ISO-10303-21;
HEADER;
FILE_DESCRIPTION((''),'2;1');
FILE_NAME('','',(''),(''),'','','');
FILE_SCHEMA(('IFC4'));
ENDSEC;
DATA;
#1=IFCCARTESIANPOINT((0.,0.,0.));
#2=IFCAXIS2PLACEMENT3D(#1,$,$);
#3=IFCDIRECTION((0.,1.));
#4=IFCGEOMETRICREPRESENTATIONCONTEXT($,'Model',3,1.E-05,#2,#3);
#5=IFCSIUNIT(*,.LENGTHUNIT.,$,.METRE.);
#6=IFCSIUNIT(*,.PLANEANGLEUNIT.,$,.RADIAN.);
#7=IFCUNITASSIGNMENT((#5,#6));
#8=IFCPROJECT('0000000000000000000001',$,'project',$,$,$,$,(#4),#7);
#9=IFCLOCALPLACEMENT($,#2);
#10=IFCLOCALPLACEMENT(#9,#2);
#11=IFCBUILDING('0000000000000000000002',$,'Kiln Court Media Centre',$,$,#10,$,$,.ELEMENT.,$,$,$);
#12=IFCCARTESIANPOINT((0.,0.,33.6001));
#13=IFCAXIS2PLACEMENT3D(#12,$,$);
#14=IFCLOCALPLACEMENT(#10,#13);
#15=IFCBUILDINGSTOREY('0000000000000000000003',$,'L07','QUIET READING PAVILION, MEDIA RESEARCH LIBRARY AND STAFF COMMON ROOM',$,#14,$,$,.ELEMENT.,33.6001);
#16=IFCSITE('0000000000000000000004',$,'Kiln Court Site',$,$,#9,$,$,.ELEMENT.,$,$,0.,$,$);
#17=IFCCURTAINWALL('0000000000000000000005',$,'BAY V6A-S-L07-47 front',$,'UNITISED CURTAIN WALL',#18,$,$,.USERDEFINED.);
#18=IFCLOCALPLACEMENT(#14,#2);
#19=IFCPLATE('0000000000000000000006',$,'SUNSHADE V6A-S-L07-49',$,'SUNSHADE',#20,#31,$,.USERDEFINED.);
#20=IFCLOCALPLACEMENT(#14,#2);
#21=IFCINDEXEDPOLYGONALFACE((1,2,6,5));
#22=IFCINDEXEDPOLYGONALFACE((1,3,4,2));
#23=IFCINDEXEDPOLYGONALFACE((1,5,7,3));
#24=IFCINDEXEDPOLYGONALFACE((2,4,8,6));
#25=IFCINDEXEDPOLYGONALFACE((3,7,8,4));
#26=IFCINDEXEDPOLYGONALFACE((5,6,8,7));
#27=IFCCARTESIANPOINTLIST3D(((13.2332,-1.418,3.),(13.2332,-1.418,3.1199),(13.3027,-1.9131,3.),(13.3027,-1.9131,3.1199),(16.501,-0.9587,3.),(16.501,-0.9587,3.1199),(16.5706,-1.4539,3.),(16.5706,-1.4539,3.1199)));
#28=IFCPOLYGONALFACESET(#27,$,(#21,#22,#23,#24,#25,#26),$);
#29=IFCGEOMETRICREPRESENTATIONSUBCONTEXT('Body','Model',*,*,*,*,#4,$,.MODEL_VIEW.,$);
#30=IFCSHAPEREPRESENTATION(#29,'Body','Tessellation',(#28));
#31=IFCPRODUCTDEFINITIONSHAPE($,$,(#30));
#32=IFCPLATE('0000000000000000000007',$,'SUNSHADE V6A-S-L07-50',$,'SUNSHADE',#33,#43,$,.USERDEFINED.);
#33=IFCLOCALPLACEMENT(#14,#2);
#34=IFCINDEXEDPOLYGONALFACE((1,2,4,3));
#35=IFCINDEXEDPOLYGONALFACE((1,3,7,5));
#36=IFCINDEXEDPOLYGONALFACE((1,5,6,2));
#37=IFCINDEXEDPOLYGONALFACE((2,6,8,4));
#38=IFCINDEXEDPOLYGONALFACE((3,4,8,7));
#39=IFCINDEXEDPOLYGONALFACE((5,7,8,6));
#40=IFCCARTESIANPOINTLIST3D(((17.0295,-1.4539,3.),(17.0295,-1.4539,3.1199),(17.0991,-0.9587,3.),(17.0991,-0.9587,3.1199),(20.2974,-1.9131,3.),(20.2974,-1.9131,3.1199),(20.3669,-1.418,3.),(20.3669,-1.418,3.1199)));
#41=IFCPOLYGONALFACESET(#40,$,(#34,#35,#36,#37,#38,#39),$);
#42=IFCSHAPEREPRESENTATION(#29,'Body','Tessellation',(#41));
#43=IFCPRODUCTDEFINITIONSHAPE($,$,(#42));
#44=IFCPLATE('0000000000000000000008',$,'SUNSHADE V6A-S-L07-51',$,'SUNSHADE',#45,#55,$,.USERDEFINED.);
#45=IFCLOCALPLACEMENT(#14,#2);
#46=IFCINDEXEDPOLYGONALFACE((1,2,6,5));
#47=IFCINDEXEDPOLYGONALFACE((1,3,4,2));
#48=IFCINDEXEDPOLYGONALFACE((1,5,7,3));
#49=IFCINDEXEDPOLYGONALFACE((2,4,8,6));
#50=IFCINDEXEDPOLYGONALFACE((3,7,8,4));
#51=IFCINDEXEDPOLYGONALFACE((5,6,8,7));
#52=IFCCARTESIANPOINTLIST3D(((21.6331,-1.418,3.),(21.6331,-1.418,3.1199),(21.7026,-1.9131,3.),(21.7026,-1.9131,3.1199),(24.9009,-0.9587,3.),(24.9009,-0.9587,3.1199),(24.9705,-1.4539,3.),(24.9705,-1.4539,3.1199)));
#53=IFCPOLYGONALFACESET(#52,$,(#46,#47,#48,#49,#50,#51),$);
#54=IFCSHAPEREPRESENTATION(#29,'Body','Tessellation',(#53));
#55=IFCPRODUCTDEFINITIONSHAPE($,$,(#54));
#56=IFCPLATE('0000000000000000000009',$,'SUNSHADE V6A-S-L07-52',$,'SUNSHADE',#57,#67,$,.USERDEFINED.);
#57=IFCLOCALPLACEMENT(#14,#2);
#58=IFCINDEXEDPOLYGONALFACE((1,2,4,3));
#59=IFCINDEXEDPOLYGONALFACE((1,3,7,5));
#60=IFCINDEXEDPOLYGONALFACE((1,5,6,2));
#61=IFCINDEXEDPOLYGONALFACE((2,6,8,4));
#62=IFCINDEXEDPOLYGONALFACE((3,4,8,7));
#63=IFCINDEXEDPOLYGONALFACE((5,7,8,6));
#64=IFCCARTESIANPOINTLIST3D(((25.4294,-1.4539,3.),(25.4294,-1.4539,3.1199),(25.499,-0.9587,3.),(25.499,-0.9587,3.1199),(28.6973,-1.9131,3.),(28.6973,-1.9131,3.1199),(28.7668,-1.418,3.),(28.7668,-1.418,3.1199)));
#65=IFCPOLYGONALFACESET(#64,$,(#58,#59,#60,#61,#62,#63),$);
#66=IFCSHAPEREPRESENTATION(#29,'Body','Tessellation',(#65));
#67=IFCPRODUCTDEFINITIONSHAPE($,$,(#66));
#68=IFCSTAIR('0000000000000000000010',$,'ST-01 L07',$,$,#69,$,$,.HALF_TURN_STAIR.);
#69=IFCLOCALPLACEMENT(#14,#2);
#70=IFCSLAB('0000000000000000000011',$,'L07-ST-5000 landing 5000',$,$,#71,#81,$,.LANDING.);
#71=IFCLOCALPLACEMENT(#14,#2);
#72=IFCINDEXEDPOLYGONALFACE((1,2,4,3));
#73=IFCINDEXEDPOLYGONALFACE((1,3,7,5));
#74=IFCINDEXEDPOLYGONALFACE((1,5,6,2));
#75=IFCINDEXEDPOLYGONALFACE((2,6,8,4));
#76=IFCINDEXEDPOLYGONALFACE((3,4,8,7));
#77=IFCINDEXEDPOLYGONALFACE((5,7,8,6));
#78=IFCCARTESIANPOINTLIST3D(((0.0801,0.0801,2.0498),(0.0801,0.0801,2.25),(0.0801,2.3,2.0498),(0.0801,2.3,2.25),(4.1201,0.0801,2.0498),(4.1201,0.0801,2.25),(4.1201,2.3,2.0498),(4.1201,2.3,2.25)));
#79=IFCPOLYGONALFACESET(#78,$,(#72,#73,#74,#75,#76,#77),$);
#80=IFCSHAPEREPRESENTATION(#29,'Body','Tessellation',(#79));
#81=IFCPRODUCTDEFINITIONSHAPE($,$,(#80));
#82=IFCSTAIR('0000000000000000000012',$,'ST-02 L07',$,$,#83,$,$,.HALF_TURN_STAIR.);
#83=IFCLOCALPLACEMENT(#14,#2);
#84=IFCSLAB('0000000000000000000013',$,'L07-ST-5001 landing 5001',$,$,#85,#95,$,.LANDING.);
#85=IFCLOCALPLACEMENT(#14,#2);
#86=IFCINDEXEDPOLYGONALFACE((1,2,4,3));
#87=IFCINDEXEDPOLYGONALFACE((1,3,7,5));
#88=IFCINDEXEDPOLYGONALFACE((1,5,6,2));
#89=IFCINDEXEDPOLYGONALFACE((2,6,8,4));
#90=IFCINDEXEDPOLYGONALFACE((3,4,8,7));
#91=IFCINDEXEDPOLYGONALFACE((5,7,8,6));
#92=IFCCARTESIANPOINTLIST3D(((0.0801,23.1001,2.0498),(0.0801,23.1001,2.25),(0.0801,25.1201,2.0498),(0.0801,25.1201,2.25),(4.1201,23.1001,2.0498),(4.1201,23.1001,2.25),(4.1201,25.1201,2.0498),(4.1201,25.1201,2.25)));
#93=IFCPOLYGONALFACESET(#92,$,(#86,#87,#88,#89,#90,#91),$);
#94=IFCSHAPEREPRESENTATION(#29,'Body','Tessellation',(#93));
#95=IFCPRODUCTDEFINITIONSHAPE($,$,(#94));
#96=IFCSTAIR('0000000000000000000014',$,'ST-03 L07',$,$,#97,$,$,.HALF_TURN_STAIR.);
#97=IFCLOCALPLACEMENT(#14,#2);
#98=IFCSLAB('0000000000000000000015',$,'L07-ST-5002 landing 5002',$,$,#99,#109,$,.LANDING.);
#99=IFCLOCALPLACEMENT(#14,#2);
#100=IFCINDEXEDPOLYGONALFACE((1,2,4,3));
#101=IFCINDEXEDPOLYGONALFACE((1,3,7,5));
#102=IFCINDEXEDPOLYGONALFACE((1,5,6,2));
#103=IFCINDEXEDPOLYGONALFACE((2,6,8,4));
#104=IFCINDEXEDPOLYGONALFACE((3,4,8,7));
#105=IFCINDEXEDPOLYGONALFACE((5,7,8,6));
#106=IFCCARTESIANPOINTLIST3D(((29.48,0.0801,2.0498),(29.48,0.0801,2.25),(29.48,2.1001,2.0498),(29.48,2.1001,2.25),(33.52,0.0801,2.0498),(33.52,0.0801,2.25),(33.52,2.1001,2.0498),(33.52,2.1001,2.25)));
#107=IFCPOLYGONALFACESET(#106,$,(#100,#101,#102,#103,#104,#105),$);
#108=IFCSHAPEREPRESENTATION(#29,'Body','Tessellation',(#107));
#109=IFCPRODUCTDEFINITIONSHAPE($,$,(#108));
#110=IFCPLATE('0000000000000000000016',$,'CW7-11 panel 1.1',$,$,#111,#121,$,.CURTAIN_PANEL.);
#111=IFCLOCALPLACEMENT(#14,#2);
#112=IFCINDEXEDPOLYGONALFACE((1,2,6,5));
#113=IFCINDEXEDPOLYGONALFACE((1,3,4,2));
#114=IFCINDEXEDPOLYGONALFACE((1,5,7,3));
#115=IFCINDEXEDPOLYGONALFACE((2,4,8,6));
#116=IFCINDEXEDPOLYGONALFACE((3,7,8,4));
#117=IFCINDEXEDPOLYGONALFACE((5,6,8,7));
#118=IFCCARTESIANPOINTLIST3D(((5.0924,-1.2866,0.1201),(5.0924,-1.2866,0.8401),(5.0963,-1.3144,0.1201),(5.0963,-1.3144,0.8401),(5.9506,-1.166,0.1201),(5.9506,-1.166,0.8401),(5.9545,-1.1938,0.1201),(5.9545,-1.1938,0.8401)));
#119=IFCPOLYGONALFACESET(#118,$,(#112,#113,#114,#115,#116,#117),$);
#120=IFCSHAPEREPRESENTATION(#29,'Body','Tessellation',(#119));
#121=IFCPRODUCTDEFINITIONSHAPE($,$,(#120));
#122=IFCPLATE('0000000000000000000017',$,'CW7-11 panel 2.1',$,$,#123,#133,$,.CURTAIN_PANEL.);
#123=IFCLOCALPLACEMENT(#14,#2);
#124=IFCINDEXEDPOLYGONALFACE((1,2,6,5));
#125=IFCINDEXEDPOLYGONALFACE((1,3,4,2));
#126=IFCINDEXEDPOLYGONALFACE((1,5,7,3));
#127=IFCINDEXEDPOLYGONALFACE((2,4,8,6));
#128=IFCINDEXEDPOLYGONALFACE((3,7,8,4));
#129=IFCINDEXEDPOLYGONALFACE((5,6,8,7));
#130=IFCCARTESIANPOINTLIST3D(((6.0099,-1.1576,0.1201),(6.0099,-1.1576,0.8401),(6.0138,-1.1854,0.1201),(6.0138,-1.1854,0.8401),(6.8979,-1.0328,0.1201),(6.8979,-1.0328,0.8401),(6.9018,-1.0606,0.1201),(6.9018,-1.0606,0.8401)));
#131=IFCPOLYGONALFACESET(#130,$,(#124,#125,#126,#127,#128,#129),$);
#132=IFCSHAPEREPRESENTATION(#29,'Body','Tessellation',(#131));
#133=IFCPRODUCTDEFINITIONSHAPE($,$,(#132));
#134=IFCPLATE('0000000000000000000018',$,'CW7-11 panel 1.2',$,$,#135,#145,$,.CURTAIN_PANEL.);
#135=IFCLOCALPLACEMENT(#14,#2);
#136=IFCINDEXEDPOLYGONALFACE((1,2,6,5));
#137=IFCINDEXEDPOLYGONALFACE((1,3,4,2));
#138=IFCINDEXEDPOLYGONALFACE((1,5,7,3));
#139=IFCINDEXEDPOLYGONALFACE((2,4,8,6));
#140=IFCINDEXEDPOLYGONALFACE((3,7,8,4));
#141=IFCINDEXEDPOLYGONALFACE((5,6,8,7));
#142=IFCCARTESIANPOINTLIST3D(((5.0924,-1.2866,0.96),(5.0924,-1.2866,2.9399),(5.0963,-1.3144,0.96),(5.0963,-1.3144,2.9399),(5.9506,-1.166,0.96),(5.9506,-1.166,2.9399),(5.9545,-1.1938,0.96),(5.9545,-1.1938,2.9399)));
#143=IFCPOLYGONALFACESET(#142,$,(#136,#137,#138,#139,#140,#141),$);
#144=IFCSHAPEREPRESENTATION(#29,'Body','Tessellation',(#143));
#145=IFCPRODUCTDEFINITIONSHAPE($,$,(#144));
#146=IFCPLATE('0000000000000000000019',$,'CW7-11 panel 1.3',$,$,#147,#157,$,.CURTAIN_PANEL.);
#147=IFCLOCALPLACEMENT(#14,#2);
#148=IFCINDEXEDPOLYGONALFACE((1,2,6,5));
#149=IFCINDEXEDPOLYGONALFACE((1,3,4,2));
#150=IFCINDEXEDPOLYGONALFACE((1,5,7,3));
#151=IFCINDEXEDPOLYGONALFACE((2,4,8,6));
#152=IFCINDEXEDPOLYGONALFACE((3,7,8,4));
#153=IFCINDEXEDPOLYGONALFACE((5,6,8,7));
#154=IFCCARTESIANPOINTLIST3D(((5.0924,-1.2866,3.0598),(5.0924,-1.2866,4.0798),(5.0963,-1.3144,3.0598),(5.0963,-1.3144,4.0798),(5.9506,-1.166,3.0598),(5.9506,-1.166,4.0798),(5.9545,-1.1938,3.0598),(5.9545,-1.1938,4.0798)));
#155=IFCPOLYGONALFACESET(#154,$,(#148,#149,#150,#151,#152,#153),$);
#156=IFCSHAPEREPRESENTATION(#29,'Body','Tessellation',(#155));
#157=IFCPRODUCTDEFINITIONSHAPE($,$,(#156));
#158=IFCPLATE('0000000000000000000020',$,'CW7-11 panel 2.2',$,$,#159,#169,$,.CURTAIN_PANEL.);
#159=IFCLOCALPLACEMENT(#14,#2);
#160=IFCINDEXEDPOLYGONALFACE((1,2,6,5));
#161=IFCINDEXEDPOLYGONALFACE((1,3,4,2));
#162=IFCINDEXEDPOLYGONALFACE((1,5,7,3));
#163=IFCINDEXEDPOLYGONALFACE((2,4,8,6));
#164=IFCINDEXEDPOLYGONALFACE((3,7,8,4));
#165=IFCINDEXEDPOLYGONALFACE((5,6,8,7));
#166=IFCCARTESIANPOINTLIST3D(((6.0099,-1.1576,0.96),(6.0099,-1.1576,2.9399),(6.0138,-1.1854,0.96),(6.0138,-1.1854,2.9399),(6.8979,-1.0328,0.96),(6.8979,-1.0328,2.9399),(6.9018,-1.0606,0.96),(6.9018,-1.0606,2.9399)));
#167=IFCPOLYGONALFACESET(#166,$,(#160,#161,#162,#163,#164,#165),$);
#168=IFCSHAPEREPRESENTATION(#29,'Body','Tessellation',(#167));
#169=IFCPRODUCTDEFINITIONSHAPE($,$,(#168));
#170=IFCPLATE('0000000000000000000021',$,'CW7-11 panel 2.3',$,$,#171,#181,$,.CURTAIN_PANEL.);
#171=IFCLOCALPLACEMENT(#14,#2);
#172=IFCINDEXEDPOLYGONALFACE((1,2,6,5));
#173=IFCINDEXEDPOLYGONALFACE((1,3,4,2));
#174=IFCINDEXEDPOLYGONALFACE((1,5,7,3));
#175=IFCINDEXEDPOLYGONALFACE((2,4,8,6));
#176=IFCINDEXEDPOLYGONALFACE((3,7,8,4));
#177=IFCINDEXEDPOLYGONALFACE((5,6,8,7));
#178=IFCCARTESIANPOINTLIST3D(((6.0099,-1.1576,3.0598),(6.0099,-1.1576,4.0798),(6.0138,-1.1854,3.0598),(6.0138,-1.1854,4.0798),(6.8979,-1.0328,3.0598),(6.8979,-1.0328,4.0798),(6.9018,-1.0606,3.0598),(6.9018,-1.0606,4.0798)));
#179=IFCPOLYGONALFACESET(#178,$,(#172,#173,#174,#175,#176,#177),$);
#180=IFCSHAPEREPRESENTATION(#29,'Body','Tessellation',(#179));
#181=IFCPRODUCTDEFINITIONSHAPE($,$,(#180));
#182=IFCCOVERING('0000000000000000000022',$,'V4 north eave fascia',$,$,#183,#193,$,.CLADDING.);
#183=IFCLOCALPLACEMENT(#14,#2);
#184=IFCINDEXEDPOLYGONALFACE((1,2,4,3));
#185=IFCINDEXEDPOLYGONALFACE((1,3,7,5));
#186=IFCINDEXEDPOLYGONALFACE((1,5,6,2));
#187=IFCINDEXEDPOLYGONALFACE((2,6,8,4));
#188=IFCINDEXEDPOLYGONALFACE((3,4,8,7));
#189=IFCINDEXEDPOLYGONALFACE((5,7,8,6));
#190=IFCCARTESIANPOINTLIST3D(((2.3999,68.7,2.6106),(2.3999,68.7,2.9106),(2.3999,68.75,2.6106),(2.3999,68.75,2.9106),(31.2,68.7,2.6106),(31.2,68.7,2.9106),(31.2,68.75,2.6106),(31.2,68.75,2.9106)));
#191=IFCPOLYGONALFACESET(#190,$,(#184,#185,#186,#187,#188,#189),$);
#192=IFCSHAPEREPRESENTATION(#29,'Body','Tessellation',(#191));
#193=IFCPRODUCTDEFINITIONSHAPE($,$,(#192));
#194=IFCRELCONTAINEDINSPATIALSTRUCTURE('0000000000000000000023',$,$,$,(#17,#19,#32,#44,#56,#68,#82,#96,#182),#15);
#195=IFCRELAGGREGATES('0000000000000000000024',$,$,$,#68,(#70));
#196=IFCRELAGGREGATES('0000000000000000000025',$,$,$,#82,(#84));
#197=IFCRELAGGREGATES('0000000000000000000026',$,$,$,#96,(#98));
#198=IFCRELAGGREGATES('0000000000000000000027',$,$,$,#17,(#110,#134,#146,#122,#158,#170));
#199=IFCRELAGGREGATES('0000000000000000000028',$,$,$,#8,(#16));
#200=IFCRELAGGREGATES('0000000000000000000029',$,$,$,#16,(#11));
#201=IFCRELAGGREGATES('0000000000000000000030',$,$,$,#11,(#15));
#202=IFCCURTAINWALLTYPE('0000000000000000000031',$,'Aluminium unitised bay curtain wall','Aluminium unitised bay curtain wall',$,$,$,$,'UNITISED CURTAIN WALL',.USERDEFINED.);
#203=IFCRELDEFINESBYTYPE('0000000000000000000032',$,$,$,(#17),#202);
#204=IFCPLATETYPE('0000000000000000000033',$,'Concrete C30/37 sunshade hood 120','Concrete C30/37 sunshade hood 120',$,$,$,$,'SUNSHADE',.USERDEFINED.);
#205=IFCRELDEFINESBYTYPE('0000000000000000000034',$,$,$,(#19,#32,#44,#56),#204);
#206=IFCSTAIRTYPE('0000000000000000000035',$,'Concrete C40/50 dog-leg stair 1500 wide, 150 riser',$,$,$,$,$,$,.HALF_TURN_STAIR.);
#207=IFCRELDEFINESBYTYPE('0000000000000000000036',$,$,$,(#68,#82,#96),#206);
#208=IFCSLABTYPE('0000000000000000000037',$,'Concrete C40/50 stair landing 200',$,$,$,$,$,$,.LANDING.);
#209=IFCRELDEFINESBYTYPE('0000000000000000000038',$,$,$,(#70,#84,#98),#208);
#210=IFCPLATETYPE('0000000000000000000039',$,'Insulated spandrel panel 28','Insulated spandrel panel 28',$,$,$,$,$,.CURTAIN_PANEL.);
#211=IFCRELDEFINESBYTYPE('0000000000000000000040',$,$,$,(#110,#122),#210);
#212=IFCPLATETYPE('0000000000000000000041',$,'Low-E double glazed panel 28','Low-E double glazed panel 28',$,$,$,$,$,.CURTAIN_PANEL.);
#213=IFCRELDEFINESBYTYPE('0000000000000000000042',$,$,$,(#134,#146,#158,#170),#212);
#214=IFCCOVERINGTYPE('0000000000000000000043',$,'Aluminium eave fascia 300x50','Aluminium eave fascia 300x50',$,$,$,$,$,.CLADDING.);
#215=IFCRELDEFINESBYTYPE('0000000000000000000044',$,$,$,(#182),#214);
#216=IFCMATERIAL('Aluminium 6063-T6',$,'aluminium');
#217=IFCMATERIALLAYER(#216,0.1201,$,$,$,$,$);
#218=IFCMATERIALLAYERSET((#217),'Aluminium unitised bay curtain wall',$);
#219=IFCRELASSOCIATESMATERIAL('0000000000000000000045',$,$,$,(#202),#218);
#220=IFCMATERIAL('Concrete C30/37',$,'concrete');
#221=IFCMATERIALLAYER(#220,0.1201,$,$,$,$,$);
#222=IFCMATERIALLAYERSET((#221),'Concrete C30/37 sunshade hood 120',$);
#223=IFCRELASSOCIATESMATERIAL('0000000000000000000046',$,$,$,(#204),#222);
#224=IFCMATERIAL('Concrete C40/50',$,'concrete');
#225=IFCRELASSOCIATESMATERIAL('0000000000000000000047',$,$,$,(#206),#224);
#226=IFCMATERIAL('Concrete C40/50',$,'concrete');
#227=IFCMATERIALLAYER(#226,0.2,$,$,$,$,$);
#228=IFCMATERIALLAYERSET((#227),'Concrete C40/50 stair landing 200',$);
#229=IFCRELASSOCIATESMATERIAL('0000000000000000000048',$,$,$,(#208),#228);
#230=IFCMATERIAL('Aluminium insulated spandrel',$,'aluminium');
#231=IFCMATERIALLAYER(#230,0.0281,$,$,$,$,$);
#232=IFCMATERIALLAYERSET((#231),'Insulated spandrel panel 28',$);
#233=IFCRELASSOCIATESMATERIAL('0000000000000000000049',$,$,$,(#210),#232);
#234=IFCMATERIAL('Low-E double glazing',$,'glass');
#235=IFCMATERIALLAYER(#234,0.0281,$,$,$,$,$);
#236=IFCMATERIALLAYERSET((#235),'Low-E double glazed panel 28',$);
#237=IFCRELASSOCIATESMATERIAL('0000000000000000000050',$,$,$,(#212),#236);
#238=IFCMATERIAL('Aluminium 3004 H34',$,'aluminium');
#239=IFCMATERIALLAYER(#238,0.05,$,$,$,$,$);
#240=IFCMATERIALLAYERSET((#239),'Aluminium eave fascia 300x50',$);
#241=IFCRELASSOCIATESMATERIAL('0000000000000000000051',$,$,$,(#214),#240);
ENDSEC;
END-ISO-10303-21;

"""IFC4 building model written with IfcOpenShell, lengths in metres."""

from ifc_helpers import new_model, si_unit, direction, frame, origin, origin_2d, place, context, subcontext, project, spatial, polyline, rectangle, outline, extrude, material, layer, layer_set, type_object, element, aggregate, save


model = new_model("IFC4")

# Units and contexts
model_context = context("Model", 3, precision=1e-05, world=origin(), true_north=direction((0.0, 1.0)))
body_context = subcontext(model_context, "Body", "Model", "MODEL_VIEW")
ifc_project = project(units=[si_unit("LENGTHUNIT", "METRE"), si_unit("PLANEANGLEUNIT", "RADIAN")], contexts=[model_context])

# Site, building, storey
site_placement = place(None, origin())
site = spatial("IfcSite", under=ifc_project, at=site_placement, Name="Kiln Court Site", CompositionType="ELEMENT", RefElevation=0.0)
building_placement = place(site_placement, origin())
building = spatial("IfcBuilding", under=site, at=building_placement, Name="Kiln Court Media Centre", CompositionType="ELEMENT")
storey_placement = place(building_placement, frame((0.0, 0.0, 33.6001)))
storey = spatial("IfcBuildingStorey", under=building, at=storey_placement, Name="L07", Description="QUIET READING PAVILION, MEDIA RESEARCH LIBRARY AND STAFF COMMON ROOM", CompositionType="ELEMENT", Elevation=33.6001)

# Curtain wall
ifc_material_1 = material(Name="Aluminium 6063-T6", Category="aluminium")
ifc_layer_1 = layer(ifc_material_1, 0.1201)
ifc_layer_set_1 = layer_set([ifc_layer_1], Name="Aluminium unitised bay curtain wall")
curtain_wall_type = type_object("IfcCurtainWallType", Name="Aluminium unitised bay curtain wall", Description="Aluminium unitised bay curtain wall", ElementType="UNITISED CURTAIN WALL", PredefinedType="USERDEFINED", material=ifc_layer_set_1)
curtain_wall_placement = place(storey_placement, origin())
curtain_wall = element("IfcCurtainWall", 1, at=curtain_wall_placement, inside=storey, type_object=curtain_wall_type, Name="BAY V6A-S-L07-47 front", ObjectType="UNITISED CURTAIN WALL", PredefinedType="USERDEFINED")

# Plates
ifc_material_2 = material(Name="Concrete C30/37", Category="concrete")
ifc_layer_2 = layer(ifc_material_2, 0.1201)
ifc_layer_set_2 = layer_set([ifc_layer_2], Name="Concrete C30/37 sunshade hood 120")
plate_type_1 = type_object("IfcPlateType", Name="Concrete C30/37 sunshade hood 120", Description="Concrete C30/37 sunshade hood 120", ElementType="SUNSHADE", PredefinedType="USERDEFINED", material=ifc_layer_set_2)
plate_1_placement = place(storey_placement, frame((0.0, 0.0, 3.0)))
element("IfcPlate", 2, at=plate_1_placement, inside=storey, type_object=plate_type_1, Name="SUNSHADE V6A-S-L07-49", ObjectType="SUNSHADE", PredefinedType="USERDEFINED", context=body_context, shape_type="SweptSolid", body=[
    extrude(outline(polyline([(13.2332, -1.418), (16.501, -0.9587), (16.5706, -1.4539), (13.3027, -1.9131), (13.2332, -1.418)])), origin(), (0.0, 0.0, 1.0), 0.1199),
])
plate_2_placement = place(storey_placement, frame((0.0, 0.0, 3.0)))
element("IfcPlate", 3, at=plate_2_placement, inside=storey, type_object=plate_type_1, Name="SUNSHADE V6A-S-L07-50", ObjectType="SUNSHADE", PredefinedType="USERDEFINED", context=body_context, shape_type="SweptSolid", body=[
    extrude(outline(polyline([(17.0991, -0.9587), (20.3669, -1.418), (20.2974, -1.9131), (17.0295, -1.4539), (17.0991, -0.9587)])), origin(), (0.0, 0.0, 1.0), 0.1199),
])
plate_3_placement = place(storey_placement, frame((0.0, 0.0, 3.0)))
element("IfcPlate", 4, at=plate_3_placement, inside=storey, type_object=plate_type_1, Name="SUNSHADE V6A-S-L07-51", ObjectType="SUNSHADE", PredefinedType="USERDEFINED", context=body_context, shape_type="SweptSolid", body=[
    extrude(outline(polyline([(21.6331, -1.418), (24.9009, -0.9587), (24.9705, -1.4539), (21.7026, -1.9131), (21.6331, -1.418)])), origin(), (0.0, 0.0, 1.0), 0.1199),
])
plate_4_placement = place(storey_placement, frame((0.0, 0.0, 3.0)))
element("IfcPlate", 5, at=plate_4_placement, inside=storey, type_object=plate_type_1, Name="SUNSHADE V6A-S-L07-52", ObjectType="SUNSHADE", PredefinedType="USERDEFINED", context=body_context, shape_type="SweptSolid", body=[
    extrude(outline(polyline([(25.499, -0.9587), (28.7668, -1.418), (28.6973, -1.9131), (25.4294, -1.4539), (25.499, -0.9587)])), origin(), (0.0, 0.0, 1.0), 0.1199),
])

# Stairs, slabs
ifc_material_3 = material(Name="Concrete C40/50", Category="concrete")
stair_type = type_object("IfcStairType", Name="Concrete C40/50 dog-leg stair 1500 wide, 150 riser", PredefinedType="HALF_TURN_STAIR", material=ifc_material_3)
stair_1_placement = place(storey_placement, origin())
stair_1 = element("IfcStair", 6, at=stair_1_placement, inside=storey, type_object=stair_type, Name="ST-01 L07", PredefinedType="HALF_TURN_STAIR")
ifc_material_4 = material(Name="Concrete C40/50", Category="concrete")
ifc_layer_3 = layer(ifc_material_4, 0.2)
ifc_layer_set_3 = layer_set([ifc_layer_3], Name="Concrete C40/50 stair landing 200")
slab_type_1 = type_object("IfcSlabType", Name="Concrete C40/50 stair landing 200", PredefinedType="LANDING", material=ifc_layer_set_3)
slab_1_placement = place(storey_placement, frame((0.0, 0.0, 2.0498)))
slab_1 = element("IfcSlab", 7, at=slab_1_placement, type_object=slab_type_1, Name="L07-ST-5000 landing 5000", PredefinedType="LANDING", context=body_context, shape_type="SweptSolid", body=[
    extrude(outline(polyline([(0.0801, 2.3), (0.0801, 0.0801), (4.1201, 0.0801), (4.1201, 2.3), (0.0801, 2.3)])), origin(), (0.0, 0.0, 1.0), 0.2002),
])
aggregate(stair_1, [slab_1])
stair_2_placement = place(storey_placement, origin())
stair_2 = element("IfcStair", 8, at=stair_2_placement, inside=storey, type_object=stair_type, Name="ST-02 L07", PredefinedType="HALF_TURN_STAIR")
slab_2_placement = place(storey_placement, frame((0.0, 0.0, 2.0498)))
slab_2 = element("IfcSlab", 9, at=slab_2_placement, type_object=slab_type_1, Name="L07-ST-5001 landing 5001", PredefinedType="LANDING", context=body_context, shape_type="SweptSolid", body=[
    extrude(outline(polyline([(4.1201, 23.1001), (4.1201, 25.1201), (0.0801, 25.1201), (0.0801, 23.1001), (4.1201, 23.1001)])), origin(), (0.0, 0.0, 1.0), 0.2002),
])
aggregate(stair_2, [slab_2])
stair_3_placement = place(storey_placement, origin())
stair_3 = element("IfcStair", 10, at=stair_3_placement, inside=storey, type_object=stair_type, Name="ST-03 L07", PredefinedType="HALF_TURN_STAIR")
slab_3_placement = place(storey_placement, frame((0.0, 0.0, 2.0498)))
slab_3 = element("IfcSlab", 11, at=slab_3_placement, type_object=slab_type_1, Name="L07-ST-5002 landing 5002", PredefinedType="LANDING", context=body_context, shape_type="SweptSolid", body=[
    extrude(outline(polyline([(29.48, 2.1001), (29.48, 0.0801), (33.52, 0.0801), (33.52, 2.1001), (29.48, 2.1001)])), origin(), (0.0, 0.0, 1.0), 0.2002),
])
aggregate(stair_3, [slab_3])

# Plates
ifc_material_5 = material(Name="Aluminium insulated spandrel", Category="aluminium")
ifc_layer_4 = layer(ifc_material_5, 0.0281)
ifc_layer_set_4 = layer_set([ifc_layer_4], Name="Insulated spandrel panel 28")
plate_type_2 = type_object("IfcPlateType", Name="Insulated spandrel panel 28", Description="Insulated spandrel panel 28", PredefinedType="CURTAIN_PANEL", material=ifc_layer_set_4)
plate_5_placement = place(storey_placement, frame((5.5234, -1.2402, 0.1201), z_axis=(0.0, 0.0, 1.0), x_axis=(0.99027, 0.139162, 0.0)))
plate_5 = element("IfcPlate", 12, at=plate_5_placement, type_object=plate_type_2, Name="CW7-11 panel 1.1", PredefinedType="CURTAIN_PANEL", context=body_context, shape_type="SweptSolid", body=[
    extrude(rectangle(XDim=0.8667, YDim=0.0281, at=origin_2d()), origin(), (0.0, 0.0, 1.0), 0.72),
])
plate_6_placement = place(storey_placement, frame((6.4558, -1.1091, 0.1201), z_axis=(0.0, 0.0, 1.0), x_axis=(0.99027, 0.139162, 0.0)))
plate_6 = element("IfcPlate", 13, at=plate_6_placement, type_object=plate_type_2, Name="CW7-11 panel 2.1", PredefinedType="CURTAIN_PANEL", context=body_context, shape_type="SweptSolid", body=[
    extrude(rectangle(XDim=0.8967, YDim=0.0281, at=origin_2d()), origin(), (0.0, 0.0, 1.0), 0.72),
])
ifc_material_6 = material(Name="Low-E double glazing", Category="glass")
ifc_layer_5 = layer(ifc_material_6, 0.0281)
ifc_layer_set_5 = layer_set([ifc_layer_5], Name="Low-E double glazed panel 28")
plate_type_3 = type_object("IfcPlateType", Name="Low-E double glazed panel 28", Description="Low-E double glazed panel 28", PredefinedType="CURTAIN_PANEL", material=ifc_layer_set_5)
plate_7_placement = place(storey_placement, frame((5.5234, -1.2402, 0.96), z_axis=(0.0, 0.0, 1.0), x_axis=(0.99027, 0.139162, 0.0)))
plate_7 = element("IfcPlate", 14, at=plate_7_placement, type_object=plate_type_3, Name="CW7-11 panel 1.2", PredefinedType="CURTAIN_PANEL", context=body_context, shape_type="SweptSolid", body=[
    extrude(rectangle(XDim=0.8667, YDim=0.0281, at=origin_2d()), origin(), (0.0, 0.0, 1.0), 1.98),
])
plate_8_placement = place(storey_placement, frame((5.5234, -1.2402, 3.0598), z_axis=(0.0, 0.0, 1.0), x_axis=(0.99027, 0.139162, 0.0)))
plate_8 = element("IfcPlate", 15, at=plate_8_placement, type_object=plate_type_3, Name="CW7-11 panel 1.3", PredefinedType="CURTAIN_PANEL", context=body_context, shape_type="SweptSolid", body=[
    extrude(rectangle(XDim=0.8667, YDim=0.0281, at=origin_2d()), origin(), (0.0, 0.0, 1.0), 1.02),
])
plate_9_placement = place(storey_placement, frame((6.4558, -1.1091, 0.96), z_axis=(0.0, 0.0, 1.0), x_axis=(0.99027, 0.139162, 0.0)))
plate_9 = element("IfcPlate", 16, at=plate_9_placement, type_object=plate_type_3, Name="CW7-11 panel 2.2", PredefinedType="CURTAIN_PANEL", context=body_context, shape_type="SweptSolid", body=[
    extrude(rectangle(XDim=0.8967, YDim=0.0281, at=origin_2d()), origin(), (0.0, 0.0, 1.0), 1.98),
])
plate_10_placement = place(storey_placement, frame((6.4558, -1.1091, 3.0598), z_axis=(0.0, 0.0, 1.0), x_axis=(0.99027, 0.139162, 0.0)))
plate_10 = element("IfcPlate", 17, at=plate_10_placement, type_object=plate_type_3, Name="CW7-11 panel 2.3", PredefinedType="CURTAIN_PANEL", context=body_context, shape_type="SweptSolid", body=[
    extrude(rectangle(XDim=0.8967, YDim=0.0281, at=origin_2d()), origin(), (0.0, 0.0, 1.0), 1.02),
])
aggregate(curtain_wall, [plate_5, plate_7, plate_8, plate_6, plate_9, plate_10])

# Covering
ifc_material_7 = material(Name="Aluminium 3004 H34", Category="aluminium")
ifc_layer_6 = layer(ifc_material_7, 0.05)
ifc_layer_set_6 = layer_set([ifc_layer_6], Name="Aluminium eave fascia 300x50")
covering_type_1 = type_object("IfcCoveringType", Name="Aluminium eave fascia 300x50", Description="Aluminium eave fascia 300x50", PredefinedType="CLADDING", material=ifc_layer_set_6)
covering_1_placement = place(storey_placement, frame((0.0, 0.0, 2.6106)))
element("IfcCovering", 18, at=covering_1_placement, inside=storey, type_object=covering_type_1, Name="V4 north eave fascia", PredefinedType="CLADDING", context=body_context, shape_type="SweptSolid", body=[
    extrude(outline(polyline([(2.3999, 68.7), (31.2, 68.7), (31.2, 68.75), (2.3999, 68.75), (2.3999, 68.7)])), origin(), (0.0, 0.0, 1.0), 0.3),
])

save(model, "model.ifc")
